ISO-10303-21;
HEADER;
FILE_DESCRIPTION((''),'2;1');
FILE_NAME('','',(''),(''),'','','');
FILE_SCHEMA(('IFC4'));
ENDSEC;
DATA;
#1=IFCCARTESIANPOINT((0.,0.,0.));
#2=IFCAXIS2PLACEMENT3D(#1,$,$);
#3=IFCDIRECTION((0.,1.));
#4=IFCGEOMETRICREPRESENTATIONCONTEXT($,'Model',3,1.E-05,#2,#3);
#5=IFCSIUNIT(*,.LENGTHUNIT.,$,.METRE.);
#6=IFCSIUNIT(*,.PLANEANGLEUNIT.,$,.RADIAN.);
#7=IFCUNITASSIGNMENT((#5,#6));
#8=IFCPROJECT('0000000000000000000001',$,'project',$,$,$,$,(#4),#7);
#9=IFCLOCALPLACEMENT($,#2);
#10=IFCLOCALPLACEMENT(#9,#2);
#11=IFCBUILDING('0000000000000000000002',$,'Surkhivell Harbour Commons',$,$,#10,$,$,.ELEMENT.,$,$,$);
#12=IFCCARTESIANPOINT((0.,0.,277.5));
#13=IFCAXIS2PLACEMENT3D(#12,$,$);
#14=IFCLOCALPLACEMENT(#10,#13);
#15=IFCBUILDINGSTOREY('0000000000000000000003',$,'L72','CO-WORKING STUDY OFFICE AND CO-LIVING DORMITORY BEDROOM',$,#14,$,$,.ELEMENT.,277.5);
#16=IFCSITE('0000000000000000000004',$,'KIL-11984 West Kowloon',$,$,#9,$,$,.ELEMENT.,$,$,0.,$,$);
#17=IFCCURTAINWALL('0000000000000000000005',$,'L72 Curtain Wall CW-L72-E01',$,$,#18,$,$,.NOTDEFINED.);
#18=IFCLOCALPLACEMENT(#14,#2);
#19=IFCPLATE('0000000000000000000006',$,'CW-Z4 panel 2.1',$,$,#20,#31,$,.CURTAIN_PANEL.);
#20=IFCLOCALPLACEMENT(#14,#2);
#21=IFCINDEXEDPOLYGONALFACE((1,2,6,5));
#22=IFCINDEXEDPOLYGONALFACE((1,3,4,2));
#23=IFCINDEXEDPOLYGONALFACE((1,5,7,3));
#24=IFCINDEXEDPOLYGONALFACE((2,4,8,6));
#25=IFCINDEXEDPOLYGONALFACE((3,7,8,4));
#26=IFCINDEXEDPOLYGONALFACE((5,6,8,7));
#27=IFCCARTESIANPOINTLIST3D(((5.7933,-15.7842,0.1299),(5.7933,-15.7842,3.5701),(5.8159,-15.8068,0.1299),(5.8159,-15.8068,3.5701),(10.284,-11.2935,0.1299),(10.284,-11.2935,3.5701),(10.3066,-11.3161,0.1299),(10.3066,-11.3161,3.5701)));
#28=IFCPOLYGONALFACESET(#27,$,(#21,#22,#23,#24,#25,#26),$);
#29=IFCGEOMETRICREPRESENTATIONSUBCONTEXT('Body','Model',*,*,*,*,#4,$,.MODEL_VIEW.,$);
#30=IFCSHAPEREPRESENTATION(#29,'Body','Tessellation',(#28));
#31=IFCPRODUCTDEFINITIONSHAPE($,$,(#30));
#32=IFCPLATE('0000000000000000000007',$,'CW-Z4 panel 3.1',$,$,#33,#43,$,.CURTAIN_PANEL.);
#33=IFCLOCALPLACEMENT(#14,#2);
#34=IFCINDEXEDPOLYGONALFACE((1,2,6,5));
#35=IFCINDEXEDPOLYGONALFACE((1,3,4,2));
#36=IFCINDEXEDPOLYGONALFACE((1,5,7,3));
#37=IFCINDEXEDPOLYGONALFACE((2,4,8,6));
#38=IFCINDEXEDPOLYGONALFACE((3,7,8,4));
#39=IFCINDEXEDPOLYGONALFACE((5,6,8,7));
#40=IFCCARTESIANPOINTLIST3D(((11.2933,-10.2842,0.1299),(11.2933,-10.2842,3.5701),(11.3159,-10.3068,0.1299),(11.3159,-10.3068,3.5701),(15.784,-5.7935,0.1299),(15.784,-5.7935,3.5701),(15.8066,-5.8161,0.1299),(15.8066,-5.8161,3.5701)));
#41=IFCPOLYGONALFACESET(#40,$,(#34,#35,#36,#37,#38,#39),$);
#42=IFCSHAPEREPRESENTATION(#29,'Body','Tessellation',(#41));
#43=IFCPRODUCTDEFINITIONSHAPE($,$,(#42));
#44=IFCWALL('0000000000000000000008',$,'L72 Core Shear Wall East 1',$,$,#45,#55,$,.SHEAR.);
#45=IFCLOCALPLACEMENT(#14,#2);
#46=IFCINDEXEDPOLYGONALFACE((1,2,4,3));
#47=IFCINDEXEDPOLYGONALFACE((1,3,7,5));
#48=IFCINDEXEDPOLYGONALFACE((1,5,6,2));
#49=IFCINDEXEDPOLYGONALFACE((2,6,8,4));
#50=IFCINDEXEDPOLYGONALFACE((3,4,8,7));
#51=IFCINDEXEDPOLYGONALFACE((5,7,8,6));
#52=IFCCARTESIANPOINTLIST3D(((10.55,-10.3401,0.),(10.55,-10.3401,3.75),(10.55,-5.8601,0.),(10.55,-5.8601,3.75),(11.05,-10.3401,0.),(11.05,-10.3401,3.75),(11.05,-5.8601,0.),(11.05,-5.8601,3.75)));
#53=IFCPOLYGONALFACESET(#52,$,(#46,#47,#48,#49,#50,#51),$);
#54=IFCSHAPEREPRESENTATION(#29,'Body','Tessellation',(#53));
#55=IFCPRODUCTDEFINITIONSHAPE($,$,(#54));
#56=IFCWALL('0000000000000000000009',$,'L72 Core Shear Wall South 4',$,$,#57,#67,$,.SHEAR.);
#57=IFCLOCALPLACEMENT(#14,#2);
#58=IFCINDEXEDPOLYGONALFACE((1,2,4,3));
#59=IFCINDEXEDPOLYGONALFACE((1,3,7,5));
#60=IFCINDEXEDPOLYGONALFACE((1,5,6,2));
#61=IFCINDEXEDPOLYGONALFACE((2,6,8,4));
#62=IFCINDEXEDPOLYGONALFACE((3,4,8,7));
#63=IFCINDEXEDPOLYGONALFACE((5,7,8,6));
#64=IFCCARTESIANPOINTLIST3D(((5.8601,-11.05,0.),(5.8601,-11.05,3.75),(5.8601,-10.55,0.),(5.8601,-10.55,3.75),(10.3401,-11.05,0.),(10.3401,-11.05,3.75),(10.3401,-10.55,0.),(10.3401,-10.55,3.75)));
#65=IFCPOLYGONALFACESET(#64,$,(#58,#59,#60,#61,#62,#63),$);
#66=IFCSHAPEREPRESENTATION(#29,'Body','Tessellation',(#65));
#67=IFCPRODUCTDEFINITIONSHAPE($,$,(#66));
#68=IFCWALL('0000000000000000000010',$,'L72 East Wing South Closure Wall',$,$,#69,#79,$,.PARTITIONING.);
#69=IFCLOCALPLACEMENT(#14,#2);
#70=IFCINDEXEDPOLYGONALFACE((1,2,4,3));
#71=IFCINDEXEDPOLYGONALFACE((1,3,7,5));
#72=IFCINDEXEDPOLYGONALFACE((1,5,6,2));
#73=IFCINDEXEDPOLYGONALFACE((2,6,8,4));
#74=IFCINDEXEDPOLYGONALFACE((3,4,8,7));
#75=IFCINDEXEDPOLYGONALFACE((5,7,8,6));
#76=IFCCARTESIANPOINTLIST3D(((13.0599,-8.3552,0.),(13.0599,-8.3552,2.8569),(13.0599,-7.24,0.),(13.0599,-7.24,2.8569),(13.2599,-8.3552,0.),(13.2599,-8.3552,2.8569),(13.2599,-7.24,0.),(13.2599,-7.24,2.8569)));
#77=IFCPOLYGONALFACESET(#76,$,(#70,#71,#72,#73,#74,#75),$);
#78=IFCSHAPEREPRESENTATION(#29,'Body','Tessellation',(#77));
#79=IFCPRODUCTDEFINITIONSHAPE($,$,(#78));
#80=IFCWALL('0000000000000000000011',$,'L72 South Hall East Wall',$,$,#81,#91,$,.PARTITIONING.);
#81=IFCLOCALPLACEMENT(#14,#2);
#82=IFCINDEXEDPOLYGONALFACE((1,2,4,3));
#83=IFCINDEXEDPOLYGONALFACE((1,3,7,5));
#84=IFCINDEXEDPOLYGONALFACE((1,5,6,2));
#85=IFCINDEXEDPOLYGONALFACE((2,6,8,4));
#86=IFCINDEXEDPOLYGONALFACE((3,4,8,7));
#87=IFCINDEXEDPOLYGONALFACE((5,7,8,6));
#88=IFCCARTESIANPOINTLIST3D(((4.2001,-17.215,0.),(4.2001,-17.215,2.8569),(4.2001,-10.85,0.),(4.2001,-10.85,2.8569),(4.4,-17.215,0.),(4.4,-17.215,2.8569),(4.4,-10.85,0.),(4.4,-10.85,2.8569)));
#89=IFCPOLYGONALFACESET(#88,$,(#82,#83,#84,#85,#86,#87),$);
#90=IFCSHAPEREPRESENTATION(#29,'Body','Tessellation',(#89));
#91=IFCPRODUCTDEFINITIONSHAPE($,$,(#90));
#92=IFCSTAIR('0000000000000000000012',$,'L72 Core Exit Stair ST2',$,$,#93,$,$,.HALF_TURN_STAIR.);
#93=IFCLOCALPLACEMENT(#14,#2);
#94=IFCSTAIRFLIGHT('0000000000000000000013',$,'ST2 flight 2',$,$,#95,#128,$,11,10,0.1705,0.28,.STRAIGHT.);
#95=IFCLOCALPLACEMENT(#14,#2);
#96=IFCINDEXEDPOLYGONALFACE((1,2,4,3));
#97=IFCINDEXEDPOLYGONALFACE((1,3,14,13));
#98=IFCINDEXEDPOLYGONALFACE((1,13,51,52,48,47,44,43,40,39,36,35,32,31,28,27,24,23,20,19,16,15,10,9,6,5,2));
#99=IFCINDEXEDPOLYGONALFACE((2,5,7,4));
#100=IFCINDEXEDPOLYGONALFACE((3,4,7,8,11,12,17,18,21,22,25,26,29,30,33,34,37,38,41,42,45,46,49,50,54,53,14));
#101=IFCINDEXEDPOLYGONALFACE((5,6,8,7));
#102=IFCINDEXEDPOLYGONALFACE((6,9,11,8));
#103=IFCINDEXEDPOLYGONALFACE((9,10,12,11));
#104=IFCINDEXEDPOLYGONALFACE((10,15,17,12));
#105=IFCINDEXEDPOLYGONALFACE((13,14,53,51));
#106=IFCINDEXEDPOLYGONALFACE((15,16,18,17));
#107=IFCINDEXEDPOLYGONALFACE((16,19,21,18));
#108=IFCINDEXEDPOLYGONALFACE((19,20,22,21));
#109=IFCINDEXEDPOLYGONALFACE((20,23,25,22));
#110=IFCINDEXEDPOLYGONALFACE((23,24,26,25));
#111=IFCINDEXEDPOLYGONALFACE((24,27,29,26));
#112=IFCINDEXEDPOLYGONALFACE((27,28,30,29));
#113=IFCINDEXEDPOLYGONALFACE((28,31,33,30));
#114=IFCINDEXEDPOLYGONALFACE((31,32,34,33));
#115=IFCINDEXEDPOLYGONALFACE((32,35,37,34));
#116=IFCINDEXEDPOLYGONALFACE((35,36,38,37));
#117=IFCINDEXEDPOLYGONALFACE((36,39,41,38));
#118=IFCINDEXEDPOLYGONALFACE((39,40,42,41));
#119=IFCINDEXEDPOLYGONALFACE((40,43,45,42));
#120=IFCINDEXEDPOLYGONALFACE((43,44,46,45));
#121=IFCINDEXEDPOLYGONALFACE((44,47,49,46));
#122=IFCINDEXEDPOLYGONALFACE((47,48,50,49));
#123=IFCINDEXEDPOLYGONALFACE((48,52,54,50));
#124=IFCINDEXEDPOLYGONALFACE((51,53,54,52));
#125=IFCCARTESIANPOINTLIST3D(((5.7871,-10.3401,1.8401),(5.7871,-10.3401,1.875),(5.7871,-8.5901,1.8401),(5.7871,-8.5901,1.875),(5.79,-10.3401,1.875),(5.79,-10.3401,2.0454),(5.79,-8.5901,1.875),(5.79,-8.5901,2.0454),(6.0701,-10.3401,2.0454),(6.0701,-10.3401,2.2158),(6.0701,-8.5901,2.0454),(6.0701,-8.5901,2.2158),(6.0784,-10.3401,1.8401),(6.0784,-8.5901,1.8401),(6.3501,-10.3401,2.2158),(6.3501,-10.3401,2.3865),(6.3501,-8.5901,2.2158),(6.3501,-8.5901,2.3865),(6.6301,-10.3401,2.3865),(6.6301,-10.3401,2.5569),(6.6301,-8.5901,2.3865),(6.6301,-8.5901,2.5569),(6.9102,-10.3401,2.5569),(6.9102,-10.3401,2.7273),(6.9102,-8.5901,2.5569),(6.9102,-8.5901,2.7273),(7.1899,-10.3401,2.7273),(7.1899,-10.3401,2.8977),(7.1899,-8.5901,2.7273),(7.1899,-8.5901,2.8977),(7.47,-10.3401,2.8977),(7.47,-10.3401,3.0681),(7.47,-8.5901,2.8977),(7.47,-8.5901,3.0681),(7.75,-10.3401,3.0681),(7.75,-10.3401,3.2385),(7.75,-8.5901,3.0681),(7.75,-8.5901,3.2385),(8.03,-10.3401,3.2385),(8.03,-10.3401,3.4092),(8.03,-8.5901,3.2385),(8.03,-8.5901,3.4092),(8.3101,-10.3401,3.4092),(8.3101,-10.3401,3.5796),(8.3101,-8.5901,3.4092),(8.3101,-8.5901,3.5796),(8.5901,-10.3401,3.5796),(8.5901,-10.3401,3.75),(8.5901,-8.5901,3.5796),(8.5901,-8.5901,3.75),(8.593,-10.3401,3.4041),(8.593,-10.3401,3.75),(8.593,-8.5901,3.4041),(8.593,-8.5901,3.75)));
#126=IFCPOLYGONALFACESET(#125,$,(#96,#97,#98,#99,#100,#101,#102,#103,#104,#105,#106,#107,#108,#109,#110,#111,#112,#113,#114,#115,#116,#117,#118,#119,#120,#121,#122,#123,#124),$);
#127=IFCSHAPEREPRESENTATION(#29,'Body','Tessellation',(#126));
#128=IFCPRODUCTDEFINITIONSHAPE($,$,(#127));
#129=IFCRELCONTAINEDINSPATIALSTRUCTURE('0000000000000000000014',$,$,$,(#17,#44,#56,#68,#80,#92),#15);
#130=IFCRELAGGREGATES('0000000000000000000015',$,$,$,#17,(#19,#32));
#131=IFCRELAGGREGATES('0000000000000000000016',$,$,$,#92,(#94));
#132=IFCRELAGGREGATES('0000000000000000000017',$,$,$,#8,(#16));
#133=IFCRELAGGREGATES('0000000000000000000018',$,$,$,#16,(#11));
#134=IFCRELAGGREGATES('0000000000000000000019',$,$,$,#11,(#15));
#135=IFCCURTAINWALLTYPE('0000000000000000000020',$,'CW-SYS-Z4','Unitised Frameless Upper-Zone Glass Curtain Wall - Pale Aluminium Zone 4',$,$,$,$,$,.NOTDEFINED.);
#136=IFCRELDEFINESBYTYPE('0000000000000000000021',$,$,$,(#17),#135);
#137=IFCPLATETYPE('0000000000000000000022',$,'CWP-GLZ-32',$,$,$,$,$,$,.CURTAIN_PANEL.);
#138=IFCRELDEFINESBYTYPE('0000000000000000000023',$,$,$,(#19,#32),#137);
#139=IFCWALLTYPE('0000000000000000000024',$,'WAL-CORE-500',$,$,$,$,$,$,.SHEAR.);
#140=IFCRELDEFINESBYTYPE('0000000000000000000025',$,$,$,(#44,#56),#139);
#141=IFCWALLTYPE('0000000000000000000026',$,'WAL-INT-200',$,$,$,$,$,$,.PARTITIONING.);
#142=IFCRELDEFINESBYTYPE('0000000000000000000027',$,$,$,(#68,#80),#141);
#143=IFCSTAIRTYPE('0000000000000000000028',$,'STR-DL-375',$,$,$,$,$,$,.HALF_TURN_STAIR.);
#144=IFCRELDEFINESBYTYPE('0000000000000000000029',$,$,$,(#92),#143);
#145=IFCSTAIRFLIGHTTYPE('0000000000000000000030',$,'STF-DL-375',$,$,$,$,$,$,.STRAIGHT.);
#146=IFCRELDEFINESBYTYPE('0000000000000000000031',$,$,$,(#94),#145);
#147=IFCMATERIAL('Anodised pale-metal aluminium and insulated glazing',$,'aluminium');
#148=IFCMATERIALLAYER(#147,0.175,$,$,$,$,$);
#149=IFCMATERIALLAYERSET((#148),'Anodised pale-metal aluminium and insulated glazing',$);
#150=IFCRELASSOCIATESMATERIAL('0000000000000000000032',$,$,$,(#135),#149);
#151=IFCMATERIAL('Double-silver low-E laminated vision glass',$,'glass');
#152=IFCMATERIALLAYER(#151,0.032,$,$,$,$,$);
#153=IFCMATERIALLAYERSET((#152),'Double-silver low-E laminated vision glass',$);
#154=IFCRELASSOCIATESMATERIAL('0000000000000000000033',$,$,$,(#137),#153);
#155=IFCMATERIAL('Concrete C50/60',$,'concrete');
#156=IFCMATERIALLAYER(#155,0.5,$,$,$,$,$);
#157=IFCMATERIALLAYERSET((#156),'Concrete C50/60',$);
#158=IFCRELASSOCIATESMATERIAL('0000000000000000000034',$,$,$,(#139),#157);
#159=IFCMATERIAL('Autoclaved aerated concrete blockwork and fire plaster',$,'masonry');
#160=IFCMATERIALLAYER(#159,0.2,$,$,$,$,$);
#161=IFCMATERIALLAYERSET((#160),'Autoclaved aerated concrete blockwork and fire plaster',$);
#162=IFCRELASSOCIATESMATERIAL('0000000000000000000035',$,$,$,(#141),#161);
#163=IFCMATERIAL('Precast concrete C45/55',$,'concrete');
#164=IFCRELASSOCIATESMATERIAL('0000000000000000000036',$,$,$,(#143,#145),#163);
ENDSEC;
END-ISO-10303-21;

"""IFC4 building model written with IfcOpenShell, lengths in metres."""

from ifc_helpers import new_model, si_unit, direction, frame, frame_2d, origin, place, context, subcontext, project, spatial, polyline, rectangle, outline, extrude, material, layer, layer_set, type_object, element, aggregate, save


model = new_model("IFC4")

# Units and contexts
model_context = context("Model", 3, precision=1e-05, world=origin(), true_north=direction((0.0, 1.0)))
body_context = subcontext(model_context, "Body", "Model", "MODEL_VIEW")
ifc_project = project(units=[si_unit("LENGTHUNIT", "METRE"), si_unit("PLANEANGLEUNIT", "RADIAN")], contexts=[model_context])

# Site, building, storey
site_placement = place(None, origin())
site = spatial("IfcSite", under=ifc_project, at=site_placement, Name="KIL-11984 West Kowloon", CompositionType="ELEMENT", RefElevation=0.0)
building_placement = place(site_placement, origin())
building = spatial("IfcBuilding", under=site, at=building_placement, Name="Surkhivell Harbour Commons", CompositionType="ELEMENT")
storey_placement = place(building_placement, frame((0.0, 0.0, 277.5)))
storey = spatial("IfcBuildingStorey", under=building, at=storey_placement, Name="L72", Description="CO-WORKING STUDY OFFICE AND CO-LIVING DORMITORY BEDROOM", CompositionType="ELEMENT", Elevation=277.5)

# Shared definitions
ifc_material_1 = material(Name="Concrete C50/60", Category="concrete")

# Curtain wall, plates
ifc_material_2 = material(Name="Anodised pale-metal aluminium and insulated glazing", Category="aluminium")
ifc_layer_1 = layer(ifc_material_2, 0.175)
ifc_layer_set_1 = layer_set([ifc_layer_1], Name="Anodised pale-metal aluminium and insulated glazing")
curtain_wall_type = type_object("IfcCurtainWallType", Name="CW-SYS-Z4", Description="Unitised Frameless Upper-Zone Glass Curtain Wall - Pale Aluminium Zone 4", PredefinedType="NOTDEFINED", material=ifc_layer_set_1)
curtain_wall_placement = place(storey_placement, origin())
curtain_wall = element("IfcCurtainWall", 1, at=curtain_wall_placement, inside=storey, type_object=curtain_wall_type, Name="L72 Curtain Wall CW-L72-E01", PredefinedType="NOTDEFINED")
ifc_material_3 = material(Name="Double-silver low-E laminated vision glass", Category="glass")
ifc_layer_2 = layer(ifc_material_3, 0.032)
ifc_layer_set_2 = layer_set([ifc_layer_2], Name="Double-silver low-E laminated vision glass")
plate_type = type_object("IfcPlateType", Name="CWP-GLZ-32", PredefinedType="CURTAIN_PANEL", material=ifc_layer_set_2)
plate_1_placement = place(storey_placement, frame((5.8047, -15.7954, 0.1299), z_axis=(0.0, 0.0, 1.0), x_axis=(0.707107, 0.707107, 0.0)))
plate_1 = element("IfcPlate", 2, at=plate_1_placement, type_object=plate_type, Name="CW-Z4 panel 2.1", PredefinedType="CURTAIN_PANEL", context=body_context, shape_type="SweptSolid", body=[
    extrude(rectangle(XDim=6.3508, YDim=0.032, at=frame_2d((3.1753, 0.0))), origin(), (0.0, 0.0, 1.0), 3.4402),
])
plate_2_placement = place(storey_placement, frame((11.3047, -10.2954, 0.1299), z_axis=(0.0, 0.0, 1.0), x_axis=(0.707107, 0.707107, 0.0)))
plate_2 = element("IfcPlate", 3, at=plate_2_placement, type_object=plate_type, Name="CW-Z4 panel 3.1", PredefinedType="CURTAIN_PANEL", context=body_context, shape_type="SweptSolid", body=[
    extrude(rectangle(XDim=6.3508, YDim=0.032, at=frame_2d((3.1753, 0.0))), origin(), (0.0, 0.0, 1.0), 3.4402),
])
aggregate(curtain_wall, [plate_1, plate_2])

# Walls
ifc_layer_3 = layer(ifc_material_1, 0.5)
ifc_layer_set_3 = layer_set([ifc_layer_3], Name="Concrete C50/60")
wall_type_1 = type_object("IfcWallType", Name="WAL-CORE-500", PredefinedType="SHEAR", material=ifc_layer_set_3)
for number, where, z_axis, x_axis, name in (
    (4, (10.8, -10.3401, 0.0), (0.0, 0.0, 1.0), (0.0, 1.0, 0.0), "L72 Core Shear Wall East 1"),
    (5, (5.8601, -10.8, 0.0), (0.0, 0.0, 1.0), (1.0, 0.0, 0.0), "L72 Core Shear Wall South 4"),
):
    element("IfcWall", number, at=place(storey_placement, frame(where, z_axis=z_axis, x_axis=x_axis)), inside=storey, type_object=wall_type_1, Name=name, PredefinedType="SHEAR", context=body_context, shape_type="SweptSolid", body=[
        extrude(rectangle(XDim=4.48, YDim=0.5, at=frame_2d((2.24, 0.0))), origin(), (0.0, 0.0, 1.0), 3.75),
    ])
ifc_material_4 = material(Name="Autoclaved aerated concrete blockwork and fire plaster", Category="masonry")
ifc_layer_4 = layer(ifc_material_4, 0.2)
ifc_layer_set_4 = layer_set([ifc_layer_4], Name="Autoclaved aerated concrete blockwork and fire plaster")
wall_type_2 = type_object("IfcWallType", Name="WAL-INT-200", PredefinedType="PARTITIONING", material=ifc_layer_set_4)
wall_1_placement = place(storey_placement, frame((13.1599, -8.3552, 0.0), z_axis=(0.0, 0.0, 1.0), x_axis=(0.0, 1.0, 0.0)))
element("IfcWall", 6, at=wall_1_placement, inside=storey, type_object=wall_type_2, Name="L72 East Wing South Closure Wall", PredefinedType="PARTITIONING", context=body_context, shape_type="SweptSolid", body=[
    extrude(rectangle(XDim=1.1152, YDim=0.2, at=frame_2d((0.5576, 0.0))), origin(), (0.0, 0.0, 1.0), 2.8569),
])
wall_2_placement = place(storey_placement, frame((4.3, -17.2151, 0.0), z_axis=(0.0, 0.0, 1.0), x_axis=(0.0, 1.0, 0.0)))
element("IfcWall", 7, at=wall_2_placement, inside=storey, type_object=wall_type_2, Name="L72 South Hall East Wall", PredefinedType="PARTITIONING", context=body_context, shape_type="SweptSolid", body=[
    extrude(rectangle(XDim=6.365, YDim=0.2, at=frame_2d((3.1826, 0.0))), origin(), (0.0, 0.0, 1.0), 2.8569),
])

# Stair, stair flight
ifc_material_5 = material(Name="Precast concrete C45/55", Category="concrete")
stair_type = type_object("IfcStairType", Name="STR-DL-375", PredefinedType="HALF_TURN_STAIR", material=ifc_material_5)
stair_placement = place(storey_placement, origin())
stair = element("IfcStair", 8, at=stair_placement, inside=storey, type_object=stair_type, Name="L72 Core Exit Stair ST2", PredefinedType="HALF_TURN_STAIR")
stair_flight_type = type_object("IfcStairFlightType", Name="STF-DL-375", PredefinedType="STRAIGHT", material=ifc_material_5)
stair_flight_placement = place(storey_placement, frame((5.79, -9.4651, 1.875), z_axis=(0.0, 0.0, 1.0), x_axis=(1.0, 0.0, 0.0)))
stair_flight = element("IfcStairFlight", 9, at=stair_flight_placement, type_object=stair_flight_type, Name="ST2 flight 2", NumberOfRisers=11, NumberOfTreads=10, PredefinedType="STRAIGHT", RiserHeight=0.1705, TreadLength=0.28, context=body_context, shape_type="SweptSolid", body=[
    extrude(outline(polyline([(-0.0029, -0.0349), (-0.0029, 0.0), (0.0, 0.0), (0.0, 0.1704), (0.28, 0.1704), (0.28, 0.3408), (0.5601, 0.3408), (0.5601, 0.5115), (0.8401, 0.5115), (0.8401, 0.6819), (1.1201, 0.6819), (1.1201, 0.8523), (1.3999, 0.8523), (1.3999, 1.0227), (1.6799, 1.0227), (1.6799, 1.1931), (1.96, 1.1931), (1.96, 1.3635), (2.24, 1.3635), (2.24, 1.5342), (2.52, 1.5342), (2.52, 1.7046), (2.8, 1.7046), (2.8, 1.875), (2.803, 1.875), (2.803, 1.5291), (0.2883, -0.0349), (-0.0029, -0.0349)])), frame((0.0, 0.875, 0.0), z_axis=(0.0, -1.0, 0.0), x_axis=(1.0, 0.0, 0.0)), (0.0, 0.0, 1.0), 1.75),
])
aggregate(stair, [stair_flight])

save(model, "model.ifc")
